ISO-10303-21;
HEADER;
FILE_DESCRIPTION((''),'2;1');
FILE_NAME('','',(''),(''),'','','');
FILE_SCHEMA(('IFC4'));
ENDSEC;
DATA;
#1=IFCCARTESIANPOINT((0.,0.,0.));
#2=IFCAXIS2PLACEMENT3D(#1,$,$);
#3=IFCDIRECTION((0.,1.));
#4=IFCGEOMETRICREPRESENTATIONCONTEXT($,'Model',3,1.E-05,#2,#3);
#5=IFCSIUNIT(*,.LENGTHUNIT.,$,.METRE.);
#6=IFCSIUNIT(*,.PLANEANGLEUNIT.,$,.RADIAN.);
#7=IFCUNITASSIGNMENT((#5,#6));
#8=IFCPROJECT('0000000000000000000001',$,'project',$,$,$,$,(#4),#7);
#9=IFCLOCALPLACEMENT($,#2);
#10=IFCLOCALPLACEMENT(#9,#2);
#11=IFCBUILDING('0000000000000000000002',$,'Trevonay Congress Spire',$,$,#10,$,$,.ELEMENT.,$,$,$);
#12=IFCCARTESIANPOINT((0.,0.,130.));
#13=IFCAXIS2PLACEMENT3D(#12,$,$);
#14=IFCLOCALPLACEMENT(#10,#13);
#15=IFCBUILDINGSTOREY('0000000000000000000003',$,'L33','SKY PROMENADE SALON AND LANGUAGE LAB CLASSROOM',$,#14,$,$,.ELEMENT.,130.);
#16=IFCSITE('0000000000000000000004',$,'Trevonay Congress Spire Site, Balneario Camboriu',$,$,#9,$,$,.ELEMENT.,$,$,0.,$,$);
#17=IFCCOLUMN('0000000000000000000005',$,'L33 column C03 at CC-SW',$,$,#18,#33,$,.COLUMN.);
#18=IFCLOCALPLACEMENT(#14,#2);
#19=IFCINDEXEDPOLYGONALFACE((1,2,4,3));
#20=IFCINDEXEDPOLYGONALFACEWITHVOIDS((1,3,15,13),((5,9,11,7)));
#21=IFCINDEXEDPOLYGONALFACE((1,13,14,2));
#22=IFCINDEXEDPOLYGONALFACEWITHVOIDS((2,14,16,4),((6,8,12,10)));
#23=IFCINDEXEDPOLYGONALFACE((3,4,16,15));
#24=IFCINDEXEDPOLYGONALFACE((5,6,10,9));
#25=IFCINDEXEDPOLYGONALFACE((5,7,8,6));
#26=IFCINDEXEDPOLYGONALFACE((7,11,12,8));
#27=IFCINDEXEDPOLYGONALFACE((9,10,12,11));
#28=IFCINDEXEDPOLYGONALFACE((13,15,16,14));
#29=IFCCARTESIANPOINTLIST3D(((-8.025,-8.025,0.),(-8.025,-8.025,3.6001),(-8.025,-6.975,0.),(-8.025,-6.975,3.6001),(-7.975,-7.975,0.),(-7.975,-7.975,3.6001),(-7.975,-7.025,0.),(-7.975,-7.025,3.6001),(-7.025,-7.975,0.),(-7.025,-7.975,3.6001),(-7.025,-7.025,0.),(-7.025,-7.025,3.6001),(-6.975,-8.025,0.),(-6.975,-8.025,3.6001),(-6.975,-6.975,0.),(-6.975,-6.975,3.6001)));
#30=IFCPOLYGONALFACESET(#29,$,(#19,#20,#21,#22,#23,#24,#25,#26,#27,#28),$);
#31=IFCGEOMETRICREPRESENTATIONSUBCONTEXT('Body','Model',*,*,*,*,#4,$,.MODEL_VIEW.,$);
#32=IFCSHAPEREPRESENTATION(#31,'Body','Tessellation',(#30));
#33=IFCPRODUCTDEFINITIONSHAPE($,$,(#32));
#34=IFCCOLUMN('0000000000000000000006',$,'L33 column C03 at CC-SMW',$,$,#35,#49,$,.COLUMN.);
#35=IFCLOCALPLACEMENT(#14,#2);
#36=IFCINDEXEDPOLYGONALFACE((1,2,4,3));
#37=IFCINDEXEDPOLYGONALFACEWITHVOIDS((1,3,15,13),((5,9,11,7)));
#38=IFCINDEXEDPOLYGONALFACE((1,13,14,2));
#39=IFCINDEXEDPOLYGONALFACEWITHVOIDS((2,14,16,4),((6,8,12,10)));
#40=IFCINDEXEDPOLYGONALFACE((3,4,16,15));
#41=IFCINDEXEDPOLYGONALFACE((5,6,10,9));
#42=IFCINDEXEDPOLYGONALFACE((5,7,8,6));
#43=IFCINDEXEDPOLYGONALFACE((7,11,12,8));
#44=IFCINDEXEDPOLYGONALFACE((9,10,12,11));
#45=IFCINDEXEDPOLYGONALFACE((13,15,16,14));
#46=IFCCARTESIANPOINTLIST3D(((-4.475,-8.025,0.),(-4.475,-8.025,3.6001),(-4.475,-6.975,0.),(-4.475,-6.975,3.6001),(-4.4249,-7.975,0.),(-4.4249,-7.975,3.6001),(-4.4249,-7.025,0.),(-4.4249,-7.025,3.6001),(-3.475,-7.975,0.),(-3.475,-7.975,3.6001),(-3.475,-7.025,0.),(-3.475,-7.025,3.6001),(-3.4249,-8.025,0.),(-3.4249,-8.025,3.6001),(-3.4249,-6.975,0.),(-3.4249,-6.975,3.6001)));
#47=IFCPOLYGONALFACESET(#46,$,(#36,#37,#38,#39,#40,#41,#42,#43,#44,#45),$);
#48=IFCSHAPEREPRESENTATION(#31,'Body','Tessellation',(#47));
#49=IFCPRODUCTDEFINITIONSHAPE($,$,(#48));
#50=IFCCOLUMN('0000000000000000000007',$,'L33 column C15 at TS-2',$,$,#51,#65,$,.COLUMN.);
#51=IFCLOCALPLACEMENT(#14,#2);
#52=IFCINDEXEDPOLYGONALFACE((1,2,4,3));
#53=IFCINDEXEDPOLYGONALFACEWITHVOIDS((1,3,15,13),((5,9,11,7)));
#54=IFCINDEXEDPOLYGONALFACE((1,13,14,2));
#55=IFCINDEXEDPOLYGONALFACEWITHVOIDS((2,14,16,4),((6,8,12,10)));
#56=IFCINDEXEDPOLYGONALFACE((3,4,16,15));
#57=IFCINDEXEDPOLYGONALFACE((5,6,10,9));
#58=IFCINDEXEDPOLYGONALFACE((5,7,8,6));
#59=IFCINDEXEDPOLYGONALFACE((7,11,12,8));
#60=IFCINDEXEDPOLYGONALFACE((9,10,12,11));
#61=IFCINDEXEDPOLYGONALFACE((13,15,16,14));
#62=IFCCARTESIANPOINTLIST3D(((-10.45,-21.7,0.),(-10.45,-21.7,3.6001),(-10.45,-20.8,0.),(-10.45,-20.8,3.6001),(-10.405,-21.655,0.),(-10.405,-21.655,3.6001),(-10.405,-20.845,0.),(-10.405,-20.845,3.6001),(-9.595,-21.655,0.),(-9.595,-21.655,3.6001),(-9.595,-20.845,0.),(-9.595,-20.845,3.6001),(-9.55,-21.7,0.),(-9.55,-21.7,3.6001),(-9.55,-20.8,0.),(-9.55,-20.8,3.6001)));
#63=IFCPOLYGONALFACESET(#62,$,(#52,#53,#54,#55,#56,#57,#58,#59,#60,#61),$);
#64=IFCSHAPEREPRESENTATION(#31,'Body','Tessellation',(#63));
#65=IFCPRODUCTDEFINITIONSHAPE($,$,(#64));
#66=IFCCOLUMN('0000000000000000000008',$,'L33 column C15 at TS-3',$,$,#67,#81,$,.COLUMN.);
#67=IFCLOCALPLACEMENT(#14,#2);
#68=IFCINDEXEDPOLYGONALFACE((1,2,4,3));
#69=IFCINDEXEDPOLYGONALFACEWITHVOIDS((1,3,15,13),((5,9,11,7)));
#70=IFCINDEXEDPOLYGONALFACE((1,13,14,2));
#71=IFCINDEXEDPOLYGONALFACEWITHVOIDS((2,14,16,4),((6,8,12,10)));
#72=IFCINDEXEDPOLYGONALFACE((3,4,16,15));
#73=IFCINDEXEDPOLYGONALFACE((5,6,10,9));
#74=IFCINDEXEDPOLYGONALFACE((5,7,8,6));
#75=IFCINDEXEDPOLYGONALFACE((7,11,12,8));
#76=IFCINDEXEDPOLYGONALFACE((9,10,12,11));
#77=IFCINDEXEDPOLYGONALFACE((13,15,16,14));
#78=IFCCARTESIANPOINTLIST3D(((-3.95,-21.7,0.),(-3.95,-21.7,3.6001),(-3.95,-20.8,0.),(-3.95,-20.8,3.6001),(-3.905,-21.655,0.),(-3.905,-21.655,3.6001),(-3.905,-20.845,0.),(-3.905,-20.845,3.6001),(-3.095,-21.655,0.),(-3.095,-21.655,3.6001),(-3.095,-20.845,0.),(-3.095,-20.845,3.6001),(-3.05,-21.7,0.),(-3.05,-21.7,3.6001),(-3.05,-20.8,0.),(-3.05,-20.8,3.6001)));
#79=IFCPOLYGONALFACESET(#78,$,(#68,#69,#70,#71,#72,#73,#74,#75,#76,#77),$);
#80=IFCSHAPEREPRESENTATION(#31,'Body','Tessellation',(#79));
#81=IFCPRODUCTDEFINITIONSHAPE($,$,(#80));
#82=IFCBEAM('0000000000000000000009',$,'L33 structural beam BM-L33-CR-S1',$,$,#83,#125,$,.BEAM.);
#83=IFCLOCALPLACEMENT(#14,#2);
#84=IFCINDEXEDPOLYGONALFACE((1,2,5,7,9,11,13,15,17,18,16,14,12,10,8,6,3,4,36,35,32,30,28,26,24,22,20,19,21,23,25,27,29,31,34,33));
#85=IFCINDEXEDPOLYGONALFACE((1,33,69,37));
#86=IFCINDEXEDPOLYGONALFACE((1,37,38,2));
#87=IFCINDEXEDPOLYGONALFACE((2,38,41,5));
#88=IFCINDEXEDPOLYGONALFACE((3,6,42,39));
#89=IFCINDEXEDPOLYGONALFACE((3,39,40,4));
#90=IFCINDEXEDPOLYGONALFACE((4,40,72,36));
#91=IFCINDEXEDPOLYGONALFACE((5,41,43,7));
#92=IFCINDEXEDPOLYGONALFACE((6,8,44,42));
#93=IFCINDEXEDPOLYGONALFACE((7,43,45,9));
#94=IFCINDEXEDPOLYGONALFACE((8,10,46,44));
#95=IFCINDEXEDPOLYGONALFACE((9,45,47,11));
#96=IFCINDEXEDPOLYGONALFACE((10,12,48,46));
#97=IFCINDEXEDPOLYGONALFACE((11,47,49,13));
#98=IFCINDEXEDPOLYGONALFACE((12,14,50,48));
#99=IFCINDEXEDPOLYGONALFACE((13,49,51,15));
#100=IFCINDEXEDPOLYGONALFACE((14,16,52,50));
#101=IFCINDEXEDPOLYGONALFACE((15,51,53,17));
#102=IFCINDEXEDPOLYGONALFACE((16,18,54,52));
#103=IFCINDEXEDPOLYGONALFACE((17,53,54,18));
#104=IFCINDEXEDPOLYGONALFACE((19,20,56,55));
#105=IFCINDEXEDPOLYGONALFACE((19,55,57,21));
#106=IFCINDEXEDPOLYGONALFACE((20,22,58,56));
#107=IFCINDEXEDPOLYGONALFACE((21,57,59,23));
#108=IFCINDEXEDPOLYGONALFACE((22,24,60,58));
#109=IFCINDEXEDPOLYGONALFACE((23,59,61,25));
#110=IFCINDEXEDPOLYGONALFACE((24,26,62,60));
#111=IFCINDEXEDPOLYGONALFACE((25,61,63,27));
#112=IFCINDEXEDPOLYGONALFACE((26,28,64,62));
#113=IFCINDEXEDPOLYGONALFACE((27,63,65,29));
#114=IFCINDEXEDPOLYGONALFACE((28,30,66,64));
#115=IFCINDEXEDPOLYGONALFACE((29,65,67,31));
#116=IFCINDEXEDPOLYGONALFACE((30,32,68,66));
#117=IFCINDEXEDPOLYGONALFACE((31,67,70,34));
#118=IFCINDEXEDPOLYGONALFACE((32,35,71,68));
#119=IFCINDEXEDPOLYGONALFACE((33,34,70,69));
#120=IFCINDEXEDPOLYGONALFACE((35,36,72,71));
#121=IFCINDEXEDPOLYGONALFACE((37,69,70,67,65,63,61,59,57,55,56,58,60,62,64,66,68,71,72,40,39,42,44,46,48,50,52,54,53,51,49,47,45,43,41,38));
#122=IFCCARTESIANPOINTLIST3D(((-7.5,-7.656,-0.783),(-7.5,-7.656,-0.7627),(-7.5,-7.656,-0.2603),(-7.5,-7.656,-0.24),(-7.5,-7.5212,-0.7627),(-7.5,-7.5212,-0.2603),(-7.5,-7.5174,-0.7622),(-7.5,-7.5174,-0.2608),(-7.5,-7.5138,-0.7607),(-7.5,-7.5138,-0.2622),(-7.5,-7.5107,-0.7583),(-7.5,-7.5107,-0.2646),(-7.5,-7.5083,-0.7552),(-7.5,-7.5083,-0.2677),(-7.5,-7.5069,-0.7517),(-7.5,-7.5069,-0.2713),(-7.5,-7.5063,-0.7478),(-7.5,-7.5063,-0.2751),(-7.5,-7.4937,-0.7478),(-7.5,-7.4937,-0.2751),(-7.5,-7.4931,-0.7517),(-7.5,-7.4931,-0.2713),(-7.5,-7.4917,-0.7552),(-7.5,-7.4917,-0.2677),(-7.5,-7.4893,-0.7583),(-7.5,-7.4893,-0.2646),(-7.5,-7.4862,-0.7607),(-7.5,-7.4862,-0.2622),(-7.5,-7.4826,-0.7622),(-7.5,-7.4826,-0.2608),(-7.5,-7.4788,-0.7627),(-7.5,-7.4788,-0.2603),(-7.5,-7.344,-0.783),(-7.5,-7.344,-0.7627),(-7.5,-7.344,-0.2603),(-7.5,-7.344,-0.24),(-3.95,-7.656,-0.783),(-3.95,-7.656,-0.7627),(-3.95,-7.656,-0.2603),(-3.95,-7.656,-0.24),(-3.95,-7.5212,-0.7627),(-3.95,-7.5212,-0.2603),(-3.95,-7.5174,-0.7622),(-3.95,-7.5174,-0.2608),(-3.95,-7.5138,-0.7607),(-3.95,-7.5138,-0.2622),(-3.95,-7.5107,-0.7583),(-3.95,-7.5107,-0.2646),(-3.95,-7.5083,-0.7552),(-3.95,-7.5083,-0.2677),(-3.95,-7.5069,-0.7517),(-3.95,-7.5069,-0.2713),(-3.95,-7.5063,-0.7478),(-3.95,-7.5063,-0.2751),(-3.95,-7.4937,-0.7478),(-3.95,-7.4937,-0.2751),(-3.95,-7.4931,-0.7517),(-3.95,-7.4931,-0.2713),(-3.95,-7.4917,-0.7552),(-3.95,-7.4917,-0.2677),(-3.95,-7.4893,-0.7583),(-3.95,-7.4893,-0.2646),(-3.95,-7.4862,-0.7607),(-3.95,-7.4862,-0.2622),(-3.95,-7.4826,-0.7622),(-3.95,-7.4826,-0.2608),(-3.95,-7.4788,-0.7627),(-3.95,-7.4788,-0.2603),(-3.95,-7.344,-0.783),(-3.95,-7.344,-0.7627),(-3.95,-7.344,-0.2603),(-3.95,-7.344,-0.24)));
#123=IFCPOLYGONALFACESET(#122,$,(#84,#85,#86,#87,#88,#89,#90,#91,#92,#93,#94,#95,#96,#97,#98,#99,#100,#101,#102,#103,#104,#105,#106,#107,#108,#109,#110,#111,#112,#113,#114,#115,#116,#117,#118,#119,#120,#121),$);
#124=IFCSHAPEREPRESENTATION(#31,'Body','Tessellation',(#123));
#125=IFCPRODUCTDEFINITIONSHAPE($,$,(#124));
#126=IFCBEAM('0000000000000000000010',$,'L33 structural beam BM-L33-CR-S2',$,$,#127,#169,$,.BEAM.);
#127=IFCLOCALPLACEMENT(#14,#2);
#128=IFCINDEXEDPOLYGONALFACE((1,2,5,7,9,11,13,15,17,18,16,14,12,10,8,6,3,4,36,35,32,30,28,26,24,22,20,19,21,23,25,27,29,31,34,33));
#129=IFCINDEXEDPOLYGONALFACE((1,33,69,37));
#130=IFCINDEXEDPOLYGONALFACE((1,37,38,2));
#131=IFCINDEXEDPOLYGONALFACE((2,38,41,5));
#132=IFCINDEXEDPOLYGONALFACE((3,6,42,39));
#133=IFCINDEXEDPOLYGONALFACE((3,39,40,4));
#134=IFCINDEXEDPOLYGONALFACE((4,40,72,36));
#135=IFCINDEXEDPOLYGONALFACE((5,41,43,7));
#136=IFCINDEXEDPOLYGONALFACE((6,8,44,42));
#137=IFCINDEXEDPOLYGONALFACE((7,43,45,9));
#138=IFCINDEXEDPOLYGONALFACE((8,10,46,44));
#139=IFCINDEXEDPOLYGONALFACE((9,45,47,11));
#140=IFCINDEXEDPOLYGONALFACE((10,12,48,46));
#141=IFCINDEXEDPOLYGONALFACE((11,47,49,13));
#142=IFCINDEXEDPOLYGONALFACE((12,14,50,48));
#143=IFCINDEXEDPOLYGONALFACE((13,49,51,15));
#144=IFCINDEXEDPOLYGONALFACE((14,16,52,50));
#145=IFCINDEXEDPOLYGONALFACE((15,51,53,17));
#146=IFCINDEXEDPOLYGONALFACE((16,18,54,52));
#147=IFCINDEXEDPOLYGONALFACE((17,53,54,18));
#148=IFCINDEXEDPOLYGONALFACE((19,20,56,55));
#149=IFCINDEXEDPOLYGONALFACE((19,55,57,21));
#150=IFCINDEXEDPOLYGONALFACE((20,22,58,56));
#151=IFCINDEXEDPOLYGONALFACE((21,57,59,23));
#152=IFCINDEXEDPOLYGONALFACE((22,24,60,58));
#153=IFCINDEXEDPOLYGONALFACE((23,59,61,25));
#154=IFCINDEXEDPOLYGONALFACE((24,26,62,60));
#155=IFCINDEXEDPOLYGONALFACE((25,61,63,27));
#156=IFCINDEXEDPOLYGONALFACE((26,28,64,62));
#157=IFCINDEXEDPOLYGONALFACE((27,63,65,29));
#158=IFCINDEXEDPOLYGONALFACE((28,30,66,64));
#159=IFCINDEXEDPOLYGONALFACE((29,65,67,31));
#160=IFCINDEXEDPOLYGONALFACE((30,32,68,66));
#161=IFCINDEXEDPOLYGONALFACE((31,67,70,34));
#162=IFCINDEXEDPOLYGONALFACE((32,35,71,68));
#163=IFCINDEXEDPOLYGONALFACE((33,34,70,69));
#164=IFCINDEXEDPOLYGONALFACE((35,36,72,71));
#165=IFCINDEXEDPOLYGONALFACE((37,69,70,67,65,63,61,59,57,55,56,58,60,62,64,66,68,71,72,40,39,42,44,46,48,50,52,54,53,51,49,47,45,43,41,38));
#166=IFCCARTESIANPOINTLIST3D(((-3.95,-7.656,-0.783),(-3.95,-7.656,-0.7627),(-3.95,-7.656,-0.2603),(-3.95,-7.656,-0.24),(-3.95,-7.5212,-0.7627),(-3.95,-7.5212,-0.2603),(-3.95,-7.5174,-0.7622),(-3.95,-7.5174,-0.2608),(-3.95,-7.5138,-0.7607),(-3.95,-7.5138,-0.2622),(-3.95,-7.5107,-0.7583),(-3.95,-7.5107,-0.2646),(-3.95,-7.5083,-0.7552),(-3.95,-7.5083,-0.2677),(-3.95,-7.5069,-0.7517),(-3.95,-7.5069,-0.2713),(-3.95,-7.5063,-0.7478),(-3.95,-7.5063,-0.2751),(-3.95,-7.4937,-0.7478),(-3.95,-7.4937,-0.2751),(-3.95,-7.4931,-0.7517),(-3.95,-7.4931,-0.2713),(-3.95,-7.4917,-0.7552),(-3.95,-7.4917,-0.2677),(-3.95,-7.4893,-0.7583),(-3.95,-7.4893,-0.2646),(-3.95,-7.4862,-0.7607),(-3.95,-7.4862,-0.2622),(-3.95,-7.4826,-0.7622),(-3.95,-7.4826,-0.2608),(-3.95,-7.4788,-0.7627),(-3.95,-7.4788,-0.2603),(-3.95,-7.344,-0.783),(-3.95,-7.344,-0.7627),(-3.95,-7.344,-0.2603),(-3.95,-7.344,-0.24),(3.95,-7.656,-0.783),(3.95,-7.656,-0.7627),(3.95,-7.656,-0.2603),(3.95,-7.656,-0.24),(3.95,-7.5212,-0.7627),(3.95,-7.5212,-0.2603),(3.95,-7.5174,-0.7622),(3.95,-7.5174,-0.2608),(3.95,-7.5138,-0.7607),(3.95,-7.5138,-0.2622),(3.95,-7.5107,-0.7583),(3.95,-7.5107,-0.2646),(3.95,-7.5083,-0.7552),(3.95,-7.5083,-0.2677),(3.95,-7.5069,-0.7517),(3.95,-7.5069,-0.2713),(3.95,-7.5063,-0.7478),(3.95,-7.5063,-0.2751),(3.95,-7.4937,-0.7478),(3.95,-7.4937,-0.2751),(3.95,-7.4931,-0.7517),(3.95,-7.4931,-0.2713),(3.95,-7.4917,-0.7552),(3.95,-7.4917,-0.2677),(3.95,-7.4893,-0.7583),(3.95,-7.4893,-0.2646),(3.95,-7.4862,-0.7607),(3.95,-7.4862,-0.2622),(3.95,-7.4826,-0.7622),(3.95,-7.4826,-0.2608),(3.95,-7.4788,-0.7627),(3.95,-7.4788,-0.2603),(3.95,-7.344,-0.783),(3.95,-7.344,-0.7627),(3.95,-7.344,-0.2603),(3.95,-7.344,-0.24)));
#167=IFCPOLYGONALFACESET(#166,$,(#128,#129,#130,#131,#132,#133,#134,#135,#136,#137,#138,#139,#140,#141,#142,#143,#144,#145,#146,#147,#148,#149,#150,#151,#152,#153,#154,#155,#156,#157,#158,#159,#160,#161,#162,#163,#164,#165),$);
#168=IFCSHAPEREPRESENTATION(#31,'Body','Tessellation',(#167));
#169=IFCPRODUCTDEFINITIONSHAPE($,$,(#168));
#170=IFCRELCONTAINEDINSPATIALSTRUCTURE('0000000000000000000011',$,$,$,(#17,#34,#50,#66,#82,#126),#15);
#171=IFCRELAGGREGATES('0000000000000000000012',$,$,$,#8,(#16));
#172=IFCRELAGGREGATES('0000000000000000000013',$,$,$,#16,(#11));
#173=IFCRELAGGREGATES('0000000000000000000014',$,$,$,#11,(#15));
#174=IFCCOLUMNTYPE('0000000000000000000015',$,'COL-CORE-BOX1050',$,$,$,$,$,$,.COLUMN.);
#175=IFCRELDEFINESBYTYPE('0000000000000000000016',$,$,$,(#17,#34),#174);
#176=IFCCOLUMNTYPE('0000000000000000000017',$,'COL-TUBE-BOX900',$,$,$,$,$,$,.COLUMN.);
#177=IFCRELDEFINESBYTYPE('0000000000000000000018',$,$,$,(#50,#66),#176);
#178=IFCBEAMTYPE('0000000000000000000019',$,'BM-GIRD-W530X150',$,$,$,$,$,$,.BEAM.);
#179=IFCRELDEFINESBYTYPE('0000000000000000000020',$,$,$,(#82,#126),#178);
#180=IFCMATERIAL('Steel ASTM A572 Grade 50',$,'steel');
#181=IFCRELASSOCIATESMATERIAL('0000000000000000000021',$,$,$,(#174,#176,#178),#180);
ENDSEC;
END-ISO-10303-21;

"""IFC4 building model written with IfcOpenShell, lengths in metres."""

from ifc_helpers import new_model, si_unit, direction, frame, origin, origin_2d, place, context, subcontext, project, spatial, hollow_rectangle, i_section, extrude, material, material_profile, profile_set, type_object, element, save


model = new_model("IFC4")

# Units and contexts
model_context = context("Model", 3, precision=1e-05, world=origin(), true_north=direction((0.0, 1.0)))
body_context = subcontext(model_context, "Body", "Model", "MODEL_VIEW")
ifc_project = project(units=[si_unit("LENGTHUNIT", "METRE"), si_unit("PLANEANGLEUNIT", "RADIAN")], contexts=[model_context])

# Site, building, storey
site_placement = place(None, origin())
site = spatial("IfcSite", under=ifc_project, at=site_placement, Name="Trevonay Congress Spire Site, Balneario Camboriu", CompositionType="ELEMENT", RefElevation=0.0)
building_placement = place(site_placement, origin())
building = spatial("IfcBuilding", under=site, at=building_placement, Name="Trevonay Congress Spire", CompositionType="ELEMENT")
storey_placement = place(building_placement, frame((0.0, 0.0, 130.0)))
storey = spatial("IfcBuildingStorey", under=building, at=storey_placement, Name="L33", Description="SKY PROMENADE SALON AND LANGUAGE LAB CLASSROOM", CompositionType="ELEMENT", Elevation=130.0)

# Columns
ifc_material_1 = material(Name="Steel ASTM A572 Grade 50", Category="steel")
ifc_material_profile_1 = material_profile(ifc_material_1, hollow_rectangle(XDim=1.05, YDim=1.05, WallThickness=0.05, at=origin_2d()), Name="BOX 1050x1050x50")
ifc_profile_set_1 = profile_set([ifc_material_profile_1], Name="Steel ASTM A572 Grade 50")
column_type_1 = type_object("IfcColumnType", Name="COL-CORE-BOX1050", PredefinedType="COLUMN", material=ifc_profile_set_1)
for number, where, z_axis, x_axis, name in (
    (1, (-7.5, -7.5, 0.0), (0.0, 0.0, 1.0), (1.0, 0.0, 0.0), "L33 column C03 at CC-SW"),
    (2, (-3.95, -7.5, 0.0), (0.0, 0.0, 1.0), (1.0, 0.0, 0.0), "L33 column C03 at CC-SMW"),
):
    element("IfcColumn", number, at=place(storey_placement, frame(where, z_axis=z_axis, x_axis=x_axis)), inside=storey, type_object=column_type_1, Name=name, PredefinedType="COLUMN", context=body_context, shape_type="SweptSolid", body=[
        extrude(hollow_rectangle(XDim=1.05, YDim=1.05, WallThickness=0.05, at=origin_2d()), origin(), (0.0, 0.0, 1.0), 3.6001),
    ])
ifc_material_profile_2 = material_profile(ifc_material_1, hollow_rectangle(XDim=0.8999, YDim=0.8999, WallThickness=0.0449, at=origin_2d()), Name="BOX 900x900x45")
ifc_profile_set_2 = profile_set([ifc_material_profile_2], Name="Steel ASTM A572 Grade 50")
column_type_2 = type_object("IfcColumnType", Name="COL-TUBE-BOX900", PredefinedType="COLUMN", material=ifc_profile_set_2)
for number, where, z_axis, x_axis, name in (
    (3, (-10.0, -21.25, 0.0), (0.0, 0.0, 1.0), (1.0, 0.0, 0.0), "L33 column C15 at TS-2"),
    (4, (-3.5, -21.25, 0.0), (0.0, 0.0, 1.0), (1.0, 0.0, 0.0), "L33 column C15 at TS-3"),
):
    element("IfcColumn", number, at=place(storey_placement, frame(where, z_axis=z_axis, x_axis=x_axis)), inside=storey, type_object=column_type_2, Name=name, PredefinedType="COLUMN", context=body_context, shape_type="SweptSolid", body=[
        extrude(hollow_rectangle(XDim=0.8999, YDim=0.8999, WallThickness=0.0449, at=origin_2d()), origin(), (0.0, 0.0, 1.0), 3.6001),
    ])

# Beams
ifc_material_profile_3 = material_profile(ifc_material_1, i_section(OverallWidth=0.312, OverallDepth=0.543, WebThickness=0.0127, FlangeThickness=0.0203, FilletRadius=0.0149, at=origin_2d()), Name="W530x150")
ifc_profile_set_3 = profile_set([ifc_material_profile_3], Name="Steel ASTM A572 Grade 50")
beam_type_1 = type_object("IfcBeamType", Name="BM-GIRD-W530X150", PredefinedType="BEAM", material=ifc_profile_set_3)
beam_1_placement = place(storey_placement, frame((-7.5, -7.5, -0.5115), z_axis=(1.0, 0.0, 0.0), x_axis=(0.0, 1.0, 0.0)))
element("IfcBeam", 5, at=beam_1_placement, inside=storey, type_object=beam_type_1, Name="L33 structural beam BM-L33-CR-S1", PredefinedType="BEAM", context=body_context, shape_type="SweptSolid", body=[
    extrude(i_section(OverallWidth=0.312, OverallDepth=0.543, WebThickness=0.0127, FlangeThickness=0.0203, FilletRadius=0.0149, at=origin_2d()), origin(), (0.0, 0.0, 1.0), 3.55),
])
beam_2_placement = place(storey_placement, frame((-3.95, -7.5, -0.5115), z_axis=(1.0, 0.0, 0.0), x_axis=(0.0, 1.0, 0.0)))
element("IfcBeam", 6, at=beam_2_placement, inside=storey, type_object=beam_type_1, Name="L33 structural beam BM-L33-CR-S2", PredefinedType="BEAM", context=body_context, shape_type="SweptSolid", body=[
    extrude(i_section(OverallWidth=0.312, OverallDepth=0.543, WebThickness=0.0127, FlangeThickness=0.0203, FilletRadius=0.0149, at=origin_2d()), origin(), (0.0, 0.0, 1.0), 7.8999),
])

save(model, "model.ifc")
